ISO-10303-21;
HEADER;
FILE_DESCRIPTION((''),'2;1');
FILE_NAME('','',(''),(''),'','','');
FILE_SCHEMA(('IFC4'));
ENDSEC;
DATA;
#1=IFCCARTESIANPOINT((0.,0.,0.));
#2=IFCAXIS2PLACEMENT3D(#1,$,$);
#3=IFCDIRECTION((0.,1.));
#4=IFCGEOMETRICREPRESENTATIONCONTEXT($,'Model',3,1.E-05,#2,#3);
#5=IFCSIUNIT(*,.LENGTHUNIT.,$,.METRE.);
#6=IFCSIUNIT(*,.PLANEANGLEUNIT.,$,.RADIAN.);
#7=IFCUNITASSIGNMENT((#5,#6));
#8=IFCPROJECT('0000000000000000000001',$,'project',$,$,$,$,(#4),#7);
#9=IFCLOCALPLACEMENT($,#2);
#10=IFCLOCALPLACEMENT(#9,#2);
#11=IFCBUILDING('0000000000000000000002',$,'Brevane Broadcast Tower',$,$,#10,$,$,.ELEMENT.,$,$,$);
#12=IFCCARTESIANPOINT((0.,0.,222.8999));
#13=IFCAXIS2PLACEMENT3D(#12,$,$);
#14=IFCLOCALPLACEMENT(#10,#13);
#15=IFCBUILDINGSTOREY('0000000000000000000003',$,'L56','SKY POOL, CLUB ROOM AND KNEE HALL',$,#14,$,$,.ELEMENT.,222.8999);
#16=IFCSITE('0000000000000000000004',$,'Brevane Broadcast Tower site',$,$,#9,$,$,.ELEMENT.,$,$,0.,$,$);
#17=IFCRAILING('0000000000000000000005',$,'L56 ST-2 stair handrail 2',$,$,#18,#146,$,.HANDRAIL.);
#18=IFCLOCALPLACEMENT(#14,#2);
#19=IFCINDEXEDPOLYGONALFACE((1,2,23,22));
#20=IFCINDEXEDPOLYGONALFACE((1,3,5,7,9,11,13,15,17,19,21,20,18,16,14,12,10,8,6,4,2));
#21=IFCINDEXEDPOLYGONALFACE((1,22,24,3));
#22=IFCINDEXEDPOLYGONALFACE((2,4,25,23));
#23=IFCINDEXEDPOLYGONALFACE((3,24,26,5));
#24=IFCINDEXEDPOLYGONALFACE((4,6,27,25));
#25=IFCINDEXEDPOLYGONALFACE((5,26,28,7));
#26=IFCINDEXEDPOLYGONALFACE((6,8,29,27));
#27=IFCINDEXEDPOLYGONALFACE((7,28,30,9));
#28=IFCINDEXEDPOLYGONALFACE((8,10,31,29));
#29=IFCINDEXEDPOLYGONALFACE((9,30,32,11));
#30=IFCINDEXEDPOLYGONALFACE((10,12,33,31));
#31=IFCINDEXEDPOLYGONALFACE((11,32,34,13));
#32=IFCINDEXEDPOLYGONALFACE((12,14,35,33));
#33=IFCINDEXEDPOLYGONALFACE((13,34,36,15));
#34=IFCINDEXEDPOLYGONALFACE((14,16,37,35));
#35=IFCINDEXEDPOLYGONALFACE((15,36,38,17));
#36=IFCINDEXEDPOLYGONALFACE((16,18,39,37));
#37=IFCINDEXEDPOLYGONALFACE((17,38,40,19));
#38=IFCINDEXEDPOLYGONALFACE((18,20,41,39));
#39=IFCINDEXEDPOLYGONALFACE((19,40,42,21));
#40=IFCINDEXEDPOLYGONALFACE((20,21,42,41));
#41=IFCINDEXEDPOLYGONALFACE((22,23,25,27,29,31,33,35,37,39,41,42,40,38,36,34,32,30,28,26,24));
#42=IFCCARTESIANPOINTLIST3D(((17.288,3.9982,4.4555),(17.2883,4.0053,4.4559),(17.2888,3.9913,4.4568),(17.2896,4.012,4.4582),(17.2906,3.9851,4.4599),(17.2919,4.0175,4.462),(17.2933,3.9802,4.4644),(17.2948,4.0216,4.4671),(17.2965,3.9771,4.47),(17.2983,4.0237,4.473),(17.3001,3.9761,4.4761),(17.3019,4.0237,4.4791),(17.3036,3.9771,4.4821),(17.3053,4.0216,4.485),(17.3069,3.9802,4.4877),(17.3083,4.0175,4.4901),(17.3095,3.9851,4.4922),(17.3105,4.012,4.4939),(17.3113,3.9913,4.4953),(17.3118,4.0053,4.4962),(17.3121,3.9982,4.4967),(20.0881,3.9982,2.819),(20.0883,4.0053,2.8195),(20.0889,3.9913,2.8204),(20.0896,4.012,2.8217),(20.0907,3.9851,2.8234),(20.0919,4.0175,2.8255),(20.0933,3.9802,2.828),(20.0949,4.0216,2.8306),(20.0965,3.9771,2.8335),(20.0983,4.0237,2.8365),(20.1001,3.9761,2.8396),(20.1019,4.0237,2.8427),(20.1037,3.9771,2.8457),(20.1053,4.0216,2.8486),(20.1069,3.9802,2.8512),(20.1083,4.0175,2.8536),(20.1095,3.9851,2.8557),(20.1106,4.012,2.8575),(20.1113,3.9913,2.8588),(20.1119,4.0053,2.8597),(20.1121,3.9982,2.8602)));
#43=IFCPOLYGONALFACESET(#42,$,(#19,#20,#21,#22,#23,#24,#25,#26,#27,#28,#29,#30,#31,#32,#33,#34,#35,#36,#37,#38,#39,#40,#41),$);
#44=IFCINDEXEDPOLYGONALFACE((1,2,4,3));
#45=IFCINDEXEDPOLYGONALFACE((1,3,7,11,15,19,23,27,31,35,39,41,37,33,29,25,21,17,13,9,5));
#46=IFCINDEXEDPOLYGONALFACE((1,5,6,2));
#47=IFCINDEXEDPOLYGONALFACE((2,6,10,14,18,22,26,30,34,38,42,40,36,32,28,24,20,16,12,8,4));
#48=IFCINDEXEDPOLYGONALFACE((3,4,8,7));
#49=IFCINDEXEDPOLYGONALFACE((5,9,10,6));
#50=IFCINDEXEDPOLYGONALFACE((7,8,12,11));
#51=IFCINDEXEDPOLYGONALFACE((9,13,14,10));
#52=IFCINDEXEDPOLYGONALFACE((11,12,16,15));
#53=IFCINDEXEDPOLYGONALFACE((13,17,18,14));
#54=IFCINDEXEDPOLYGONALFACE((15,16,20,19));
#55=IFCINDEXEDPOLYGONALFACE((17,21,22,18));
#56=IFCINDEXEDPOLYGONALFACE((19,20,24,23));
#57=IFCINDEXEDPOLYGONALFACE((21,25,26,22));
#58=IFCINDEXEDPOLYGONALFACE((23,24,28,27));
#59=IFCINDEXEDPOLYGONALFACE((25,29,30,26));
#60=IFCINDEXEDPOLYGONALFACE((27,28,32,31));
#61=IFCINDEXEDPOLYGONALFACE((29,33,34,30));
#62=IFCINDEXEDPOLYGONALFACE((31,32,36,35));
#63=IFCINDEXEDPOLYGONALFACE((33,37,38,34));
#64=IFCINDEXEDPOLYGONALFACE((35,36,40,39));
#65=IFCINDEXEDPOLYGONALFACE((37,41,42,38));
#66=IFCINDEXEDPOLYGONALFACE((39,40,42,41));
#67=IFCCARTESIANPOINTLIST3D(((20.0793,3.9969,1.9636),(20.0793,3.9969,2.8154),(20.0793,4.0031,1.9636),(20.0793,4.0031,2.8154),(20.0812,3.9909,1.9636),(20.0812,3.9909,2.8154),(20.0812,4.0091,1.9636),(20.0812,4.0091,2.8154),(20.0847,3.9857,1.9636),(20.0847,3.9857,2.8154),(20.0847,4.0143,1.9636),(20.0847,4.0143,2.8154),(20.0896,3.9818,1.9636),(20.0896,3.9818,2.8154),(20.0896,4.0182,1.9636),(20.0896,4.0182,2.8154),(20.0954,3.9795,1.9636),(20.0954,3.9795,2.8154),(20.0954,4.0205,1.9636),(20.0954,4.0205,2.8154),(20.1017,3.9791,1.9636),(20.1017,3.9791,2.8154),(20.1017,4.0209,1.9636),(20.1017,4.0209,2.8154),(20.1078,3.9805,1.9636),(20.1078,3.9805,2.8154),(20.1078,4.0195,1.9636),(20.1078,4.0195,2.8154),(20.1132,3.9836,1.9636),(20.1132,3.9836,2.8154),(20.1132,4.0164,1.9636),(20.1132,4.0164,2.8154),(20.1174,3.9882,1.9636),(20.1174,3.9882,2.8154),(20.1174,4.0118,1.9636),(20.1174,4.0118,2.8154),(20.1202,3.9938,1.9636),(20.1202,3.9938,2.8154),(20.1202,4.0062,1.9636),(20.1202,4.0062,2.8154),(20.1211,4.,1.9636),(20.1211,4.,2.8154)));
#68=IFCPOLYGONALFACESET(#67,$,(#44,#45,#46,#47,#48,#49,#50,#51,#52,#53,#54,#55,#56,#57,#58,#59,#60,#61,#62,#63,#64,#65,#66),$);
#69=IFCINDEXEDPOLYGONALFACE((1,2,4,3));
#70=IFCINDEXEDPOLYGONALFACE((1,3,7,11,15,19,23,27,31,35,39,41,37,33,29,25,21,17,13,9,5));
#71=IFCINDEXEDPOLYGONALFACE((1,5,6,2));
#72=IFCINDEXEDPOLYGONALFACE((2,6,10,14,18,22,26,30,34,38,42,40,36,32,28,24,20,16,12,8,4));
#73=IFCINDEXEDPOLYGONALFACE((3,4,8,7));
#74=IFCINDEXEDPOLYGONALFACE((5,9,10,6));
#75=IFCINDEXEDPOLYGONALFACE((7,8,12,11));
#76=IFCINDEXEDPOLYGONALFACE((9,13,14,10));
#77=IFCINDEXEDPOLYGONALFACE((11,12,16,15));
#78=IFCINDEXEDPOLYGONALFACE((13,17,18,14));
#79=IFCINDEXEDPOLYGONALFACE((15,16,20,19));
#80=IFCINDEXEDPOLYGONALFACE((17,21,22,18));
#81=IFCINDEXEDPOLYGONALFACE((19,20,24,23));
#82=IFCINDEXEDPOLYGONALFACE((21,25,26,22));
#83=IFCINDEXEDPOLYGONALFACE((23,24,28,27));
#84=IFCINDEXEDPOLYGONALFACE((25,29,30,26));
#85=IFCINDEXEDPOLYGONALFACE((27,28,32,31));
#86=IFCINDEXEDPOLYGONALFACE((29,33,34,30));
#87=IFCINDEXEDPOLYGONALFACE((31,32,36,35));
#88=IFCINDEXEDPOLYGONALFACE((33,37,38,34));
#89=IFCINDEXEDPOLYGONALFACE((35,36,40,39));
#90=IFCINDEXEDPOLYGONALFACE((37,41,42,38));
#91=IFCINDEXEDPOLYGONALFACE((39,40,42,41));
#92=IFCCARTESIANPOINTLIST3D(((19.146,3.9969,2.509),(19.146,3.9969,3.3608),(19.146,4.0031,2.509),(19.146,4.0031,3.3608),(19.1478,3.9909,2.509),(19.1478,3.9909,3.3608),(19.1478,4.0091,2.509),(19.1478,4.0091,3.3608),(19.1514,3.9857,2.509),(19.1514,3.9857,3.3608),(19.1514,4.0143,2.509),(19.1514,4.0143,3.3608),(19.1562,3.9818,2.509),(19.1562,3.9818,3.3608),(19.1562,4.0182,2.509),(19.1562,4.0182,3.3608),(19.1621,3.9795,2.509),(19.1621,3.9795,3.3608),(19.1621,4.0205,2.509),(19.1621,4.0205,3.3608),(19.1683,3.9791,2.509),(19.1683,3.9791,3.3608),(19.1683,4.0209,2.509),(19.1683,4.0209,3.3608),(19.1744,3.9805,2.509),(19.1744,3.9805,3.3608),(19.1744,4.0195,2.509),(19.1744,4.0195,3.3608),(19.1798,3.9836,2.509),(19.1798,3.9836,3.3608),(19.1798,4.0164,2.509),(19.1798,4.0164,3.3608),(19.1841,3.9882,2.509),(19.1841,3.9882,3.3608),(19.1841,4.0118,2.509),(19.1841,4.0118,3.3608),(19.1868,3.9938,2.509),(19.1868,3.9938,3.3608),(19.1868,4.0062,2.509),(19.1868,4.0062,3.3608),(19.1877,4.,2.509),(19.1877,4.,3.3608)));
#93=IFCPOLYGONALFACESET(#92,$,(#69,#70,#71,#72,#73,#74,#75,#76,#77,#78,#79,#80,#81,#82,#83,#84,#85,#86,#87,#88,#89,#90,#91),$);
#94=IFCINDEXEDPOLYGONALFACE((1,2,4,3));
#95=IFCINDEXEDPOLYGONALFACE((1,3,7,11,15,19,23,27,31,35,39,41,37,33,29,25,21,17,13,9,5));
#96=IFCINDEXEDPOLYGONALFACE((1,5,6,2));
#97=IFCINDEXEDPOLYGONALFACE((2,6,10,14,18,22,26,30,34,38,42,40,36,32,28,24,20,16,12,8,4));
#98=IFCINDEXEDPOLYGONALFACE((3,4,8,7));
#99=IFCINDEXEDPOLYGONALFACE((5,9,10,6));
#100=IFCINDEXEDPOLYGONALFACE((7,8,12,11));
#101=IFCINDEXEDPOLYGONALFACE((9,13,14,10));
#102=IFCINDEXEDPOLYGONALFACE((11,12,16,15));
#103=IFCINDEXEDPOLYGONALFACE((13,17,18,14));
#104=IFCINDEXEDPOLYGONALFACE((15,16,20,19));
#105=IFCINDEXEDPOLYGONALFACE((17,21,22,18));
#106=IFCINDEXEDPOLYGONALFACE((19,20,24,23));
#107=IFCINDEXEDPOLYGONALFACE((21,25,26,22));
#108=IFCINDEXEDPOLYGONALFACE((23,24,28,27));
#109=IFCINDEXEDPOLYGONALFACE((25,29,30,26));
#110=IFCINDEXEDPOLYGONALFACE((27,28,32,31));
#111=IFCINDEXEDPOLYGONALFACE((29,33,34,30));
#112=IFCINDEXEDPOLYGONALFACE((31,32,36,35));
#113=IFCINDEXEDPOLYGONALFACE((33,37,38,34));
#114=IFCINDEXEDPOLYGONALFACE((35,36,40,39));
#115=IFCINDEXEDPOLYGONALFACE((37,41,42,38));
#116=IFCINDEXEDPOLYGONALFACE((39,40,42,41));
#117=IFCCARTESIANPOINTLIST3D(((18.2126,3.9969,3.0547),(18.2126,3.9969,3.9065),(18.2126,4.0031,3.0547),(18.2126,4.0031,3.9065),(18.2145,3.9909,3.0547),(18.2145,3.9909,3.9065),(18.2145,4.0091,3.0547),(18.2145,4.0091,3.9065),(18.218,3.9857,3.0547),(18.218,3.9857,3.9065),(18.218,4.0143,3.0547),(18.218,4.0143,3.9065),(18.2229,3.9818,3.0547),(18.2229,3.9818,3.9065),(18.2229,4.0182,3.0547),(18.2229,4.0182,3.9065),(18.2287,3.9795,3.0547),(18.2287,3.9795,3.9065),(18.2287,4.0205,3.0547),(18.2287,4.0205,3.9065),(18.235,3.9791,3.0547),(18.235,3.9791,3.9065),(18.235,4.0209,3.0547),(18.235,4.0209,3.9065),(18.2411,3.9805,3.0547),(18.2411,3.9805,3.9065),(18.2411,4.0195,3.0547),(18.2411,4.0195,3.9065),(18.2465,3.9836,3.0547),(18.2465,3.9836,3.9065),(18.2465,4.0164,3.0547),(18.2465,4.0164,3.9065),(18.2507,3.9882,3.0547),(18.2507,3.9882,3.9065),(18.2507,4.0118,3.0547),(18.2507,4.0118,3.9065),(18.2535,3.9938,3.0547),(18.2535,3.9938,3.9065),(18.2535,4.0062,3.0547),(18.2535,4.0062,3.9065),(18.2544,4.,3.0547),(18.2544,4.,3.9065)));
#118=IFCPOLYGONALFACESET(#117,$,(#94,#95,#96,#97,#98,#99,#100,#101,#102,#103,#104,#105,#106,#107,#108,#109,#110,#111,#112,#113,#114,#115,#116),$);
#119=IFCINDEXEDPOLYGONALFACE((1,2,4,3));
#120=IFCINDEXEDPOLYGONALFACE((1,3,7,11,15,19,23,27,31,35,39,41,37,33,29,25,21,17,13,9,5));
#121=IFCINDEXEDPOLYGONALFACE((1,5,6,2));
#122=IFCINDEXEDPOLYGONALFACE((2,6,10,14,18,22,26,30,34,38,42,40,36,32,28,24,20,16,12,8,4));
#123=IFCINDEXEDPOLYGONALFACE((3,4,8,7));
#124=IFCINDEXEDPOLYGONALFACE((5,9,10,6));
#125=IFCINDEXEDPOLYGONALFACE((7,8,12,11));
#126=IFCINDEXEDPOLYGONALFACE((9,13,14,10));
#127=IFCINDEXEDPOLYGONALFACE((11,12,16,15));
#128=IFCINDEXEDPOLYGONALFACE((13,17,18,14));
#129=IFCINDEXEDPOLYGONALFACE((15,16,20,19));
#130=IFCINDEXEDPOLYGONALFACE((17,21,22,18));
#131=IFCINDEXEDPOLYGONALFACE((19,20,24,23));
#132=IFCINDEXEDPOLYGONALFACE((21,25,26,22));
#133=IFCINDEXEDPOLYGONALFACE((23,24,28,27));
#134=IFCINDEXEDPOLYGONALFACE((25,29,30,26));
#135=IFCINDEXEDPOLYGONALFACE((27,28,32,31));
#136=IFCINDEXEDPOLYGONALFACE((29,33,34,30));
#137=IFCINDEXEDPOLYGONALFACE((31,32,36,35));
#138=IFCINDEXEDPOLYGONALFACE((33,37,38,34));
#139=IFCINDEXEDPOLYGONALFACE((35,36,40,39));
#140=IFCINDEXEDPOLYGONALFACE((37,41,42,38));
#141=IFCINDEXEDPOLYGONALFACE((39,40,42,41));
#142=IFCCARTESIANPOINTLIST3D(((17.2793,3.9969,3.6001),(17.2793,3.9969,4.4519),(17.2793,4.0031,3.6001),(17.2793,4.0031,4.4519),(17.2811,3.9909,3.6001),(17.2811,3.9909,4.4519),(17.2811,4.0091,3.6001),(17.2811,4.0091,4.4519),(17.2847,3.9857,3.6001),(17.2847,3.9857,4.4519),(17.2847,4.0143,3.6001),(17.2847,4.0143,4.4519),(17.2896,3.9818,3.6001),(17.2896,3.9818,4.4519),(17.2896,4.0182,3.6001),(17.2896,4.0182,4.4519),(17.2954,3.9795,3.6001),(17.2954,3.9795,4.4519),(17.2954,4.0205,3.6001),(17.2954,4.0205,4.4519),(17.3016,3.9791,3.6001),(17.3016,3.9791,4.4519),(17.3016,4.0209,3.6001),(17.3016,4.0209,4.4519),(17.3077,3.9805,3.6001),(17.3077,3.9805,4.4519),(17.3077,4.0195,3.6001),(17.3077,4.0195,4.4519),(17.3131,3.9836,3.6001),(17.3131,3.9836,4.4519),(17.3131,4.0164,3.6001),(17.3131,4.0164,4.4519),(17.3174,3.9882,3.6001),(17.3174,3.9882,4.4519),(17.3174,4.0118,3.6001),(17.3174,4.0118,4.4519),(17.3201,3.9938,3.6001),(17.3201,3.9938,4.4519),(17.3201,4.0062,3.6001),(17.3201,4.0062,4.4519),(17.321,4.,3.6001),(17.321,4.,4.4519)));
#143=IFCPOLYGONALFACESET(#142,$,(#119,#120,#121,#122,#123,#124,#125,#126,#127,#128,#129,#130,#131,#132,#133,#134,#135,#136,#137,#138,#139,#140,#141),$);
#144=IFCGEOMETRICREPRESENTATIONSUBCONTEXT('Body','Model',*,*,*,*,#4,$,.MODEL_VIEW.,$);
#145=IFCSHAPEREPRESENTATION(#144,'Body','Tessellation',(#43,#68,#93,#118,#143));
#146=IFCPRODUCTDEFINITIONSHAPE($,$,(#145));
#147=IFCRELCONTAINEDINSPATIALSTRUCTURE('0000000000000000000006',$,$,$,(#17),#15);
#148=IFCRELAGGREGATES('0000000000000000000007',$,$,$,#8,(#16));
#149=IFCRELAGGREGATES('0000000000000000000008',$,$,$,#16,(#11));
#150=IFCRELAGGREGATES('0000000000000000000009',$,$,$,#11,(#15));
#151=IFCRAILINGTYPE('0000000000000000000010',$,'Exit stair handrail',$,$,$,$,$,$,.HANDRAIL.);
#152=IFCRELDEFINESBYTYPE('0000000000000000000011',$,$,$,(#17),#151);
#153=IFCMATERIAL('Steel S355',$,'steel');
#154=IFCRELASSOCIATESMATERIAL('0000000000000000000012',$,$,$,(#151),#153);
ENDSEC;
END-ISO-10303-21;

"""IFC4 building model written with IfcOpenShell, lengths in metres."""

from ifc_helpers import new_model, si_unit, direction, frame, origin, origin_2d, place, context, subcontext, project, spatial, circle, extrude, material, type_object, element, save


model = new_model("IFC4")

# Units and contexts
model_context = context("Model", 3, precision=1e-05, world=origin(), true_north=direction((0.0, 1.0)))
body_context = subcontext(model_context, "Body", "Model", "MODEL_VIEW")
ifc_project = project(units=[si_unit("LENGTHUNIT", "METRE"), si_unit("PLANEANGLEUNIT", "RADIAN")], contexts=[model_context])

# Site, building, storey
site_placement = place(None, origin())
site = spatial("IfcSite", under=ifc_project, at=site_placement, Name="Brevane Broadcast Tower site", CompositionType="ELEMENT", RefElevation=0.0)
building_placement = place(site_placement, origin())
building = spatial("IfcBuilding", under=site, at=building_placement, Name="Brevane Broadcast Tower", CompositionType="ELEMENT")
storey_placement = place(building_placement, frame((0.0, 0.0, 222.8999)))
storey = spatial("IfcBuildingStorey", under=building, at=storey_placement, Name="L56", Description="SKY POOL, CLUB ROOM AND KNEE HALL", CompositionType="ELEMENT", Elevation=222.8999)

# Railing
ifc_material_1 = material(Name="Steel S355", Category="steel")
railing_type_1 = type_object("IfcRailingType", Name="Exit stair handrail", PredefinedType="HANDRAIL", material=ifc_material_1)
railing_1_placement = place(storey_placement, frame((20.1001, 4.0, 1.9636)))
element("IfcRailing", 1, at=railing_1_placement, inside=storey, type_object=railing_type_1, Name="L56 ST-2 stair handrail 2", PredefinedType="HANDRAIL", context=body_context, shape_type="SweptSolid", body=[
    extrude(circle(Radius=0.0239, at=origin_2d()), frame((0.0, 0.0, 0.876), z_axis=(-0.863361, 0.0, 0.504587), x_axis=(0.0, -1.0, 0.0)), (0.0, 0.0, 1.0), 3.2432),
    extrude(circle(Radius=0.021, at=origin_2d()), origin(), (0.0, 0.0, 1.0), 0.8518),
    extrude(circle(Radius=0.021, at=origin_2d()), frame((-0.9333, 0.0, 0.5454)), (0.0, 0.0, 1.0), 0.8518),
    extrude(circle(Radius=0.021, at=origin_2d()), frame((-1.8667, 0.0, 1.0911)), (0.0, 0.0, 1.0), 0.8518),
    extrude(circle(Radius=0.021, at=origin_2d()), frame((-2.8, 0.0, 1.6365)), (0.0, 0.0, 1.0), 0.8518),
])

save(model, "model.ifc")
